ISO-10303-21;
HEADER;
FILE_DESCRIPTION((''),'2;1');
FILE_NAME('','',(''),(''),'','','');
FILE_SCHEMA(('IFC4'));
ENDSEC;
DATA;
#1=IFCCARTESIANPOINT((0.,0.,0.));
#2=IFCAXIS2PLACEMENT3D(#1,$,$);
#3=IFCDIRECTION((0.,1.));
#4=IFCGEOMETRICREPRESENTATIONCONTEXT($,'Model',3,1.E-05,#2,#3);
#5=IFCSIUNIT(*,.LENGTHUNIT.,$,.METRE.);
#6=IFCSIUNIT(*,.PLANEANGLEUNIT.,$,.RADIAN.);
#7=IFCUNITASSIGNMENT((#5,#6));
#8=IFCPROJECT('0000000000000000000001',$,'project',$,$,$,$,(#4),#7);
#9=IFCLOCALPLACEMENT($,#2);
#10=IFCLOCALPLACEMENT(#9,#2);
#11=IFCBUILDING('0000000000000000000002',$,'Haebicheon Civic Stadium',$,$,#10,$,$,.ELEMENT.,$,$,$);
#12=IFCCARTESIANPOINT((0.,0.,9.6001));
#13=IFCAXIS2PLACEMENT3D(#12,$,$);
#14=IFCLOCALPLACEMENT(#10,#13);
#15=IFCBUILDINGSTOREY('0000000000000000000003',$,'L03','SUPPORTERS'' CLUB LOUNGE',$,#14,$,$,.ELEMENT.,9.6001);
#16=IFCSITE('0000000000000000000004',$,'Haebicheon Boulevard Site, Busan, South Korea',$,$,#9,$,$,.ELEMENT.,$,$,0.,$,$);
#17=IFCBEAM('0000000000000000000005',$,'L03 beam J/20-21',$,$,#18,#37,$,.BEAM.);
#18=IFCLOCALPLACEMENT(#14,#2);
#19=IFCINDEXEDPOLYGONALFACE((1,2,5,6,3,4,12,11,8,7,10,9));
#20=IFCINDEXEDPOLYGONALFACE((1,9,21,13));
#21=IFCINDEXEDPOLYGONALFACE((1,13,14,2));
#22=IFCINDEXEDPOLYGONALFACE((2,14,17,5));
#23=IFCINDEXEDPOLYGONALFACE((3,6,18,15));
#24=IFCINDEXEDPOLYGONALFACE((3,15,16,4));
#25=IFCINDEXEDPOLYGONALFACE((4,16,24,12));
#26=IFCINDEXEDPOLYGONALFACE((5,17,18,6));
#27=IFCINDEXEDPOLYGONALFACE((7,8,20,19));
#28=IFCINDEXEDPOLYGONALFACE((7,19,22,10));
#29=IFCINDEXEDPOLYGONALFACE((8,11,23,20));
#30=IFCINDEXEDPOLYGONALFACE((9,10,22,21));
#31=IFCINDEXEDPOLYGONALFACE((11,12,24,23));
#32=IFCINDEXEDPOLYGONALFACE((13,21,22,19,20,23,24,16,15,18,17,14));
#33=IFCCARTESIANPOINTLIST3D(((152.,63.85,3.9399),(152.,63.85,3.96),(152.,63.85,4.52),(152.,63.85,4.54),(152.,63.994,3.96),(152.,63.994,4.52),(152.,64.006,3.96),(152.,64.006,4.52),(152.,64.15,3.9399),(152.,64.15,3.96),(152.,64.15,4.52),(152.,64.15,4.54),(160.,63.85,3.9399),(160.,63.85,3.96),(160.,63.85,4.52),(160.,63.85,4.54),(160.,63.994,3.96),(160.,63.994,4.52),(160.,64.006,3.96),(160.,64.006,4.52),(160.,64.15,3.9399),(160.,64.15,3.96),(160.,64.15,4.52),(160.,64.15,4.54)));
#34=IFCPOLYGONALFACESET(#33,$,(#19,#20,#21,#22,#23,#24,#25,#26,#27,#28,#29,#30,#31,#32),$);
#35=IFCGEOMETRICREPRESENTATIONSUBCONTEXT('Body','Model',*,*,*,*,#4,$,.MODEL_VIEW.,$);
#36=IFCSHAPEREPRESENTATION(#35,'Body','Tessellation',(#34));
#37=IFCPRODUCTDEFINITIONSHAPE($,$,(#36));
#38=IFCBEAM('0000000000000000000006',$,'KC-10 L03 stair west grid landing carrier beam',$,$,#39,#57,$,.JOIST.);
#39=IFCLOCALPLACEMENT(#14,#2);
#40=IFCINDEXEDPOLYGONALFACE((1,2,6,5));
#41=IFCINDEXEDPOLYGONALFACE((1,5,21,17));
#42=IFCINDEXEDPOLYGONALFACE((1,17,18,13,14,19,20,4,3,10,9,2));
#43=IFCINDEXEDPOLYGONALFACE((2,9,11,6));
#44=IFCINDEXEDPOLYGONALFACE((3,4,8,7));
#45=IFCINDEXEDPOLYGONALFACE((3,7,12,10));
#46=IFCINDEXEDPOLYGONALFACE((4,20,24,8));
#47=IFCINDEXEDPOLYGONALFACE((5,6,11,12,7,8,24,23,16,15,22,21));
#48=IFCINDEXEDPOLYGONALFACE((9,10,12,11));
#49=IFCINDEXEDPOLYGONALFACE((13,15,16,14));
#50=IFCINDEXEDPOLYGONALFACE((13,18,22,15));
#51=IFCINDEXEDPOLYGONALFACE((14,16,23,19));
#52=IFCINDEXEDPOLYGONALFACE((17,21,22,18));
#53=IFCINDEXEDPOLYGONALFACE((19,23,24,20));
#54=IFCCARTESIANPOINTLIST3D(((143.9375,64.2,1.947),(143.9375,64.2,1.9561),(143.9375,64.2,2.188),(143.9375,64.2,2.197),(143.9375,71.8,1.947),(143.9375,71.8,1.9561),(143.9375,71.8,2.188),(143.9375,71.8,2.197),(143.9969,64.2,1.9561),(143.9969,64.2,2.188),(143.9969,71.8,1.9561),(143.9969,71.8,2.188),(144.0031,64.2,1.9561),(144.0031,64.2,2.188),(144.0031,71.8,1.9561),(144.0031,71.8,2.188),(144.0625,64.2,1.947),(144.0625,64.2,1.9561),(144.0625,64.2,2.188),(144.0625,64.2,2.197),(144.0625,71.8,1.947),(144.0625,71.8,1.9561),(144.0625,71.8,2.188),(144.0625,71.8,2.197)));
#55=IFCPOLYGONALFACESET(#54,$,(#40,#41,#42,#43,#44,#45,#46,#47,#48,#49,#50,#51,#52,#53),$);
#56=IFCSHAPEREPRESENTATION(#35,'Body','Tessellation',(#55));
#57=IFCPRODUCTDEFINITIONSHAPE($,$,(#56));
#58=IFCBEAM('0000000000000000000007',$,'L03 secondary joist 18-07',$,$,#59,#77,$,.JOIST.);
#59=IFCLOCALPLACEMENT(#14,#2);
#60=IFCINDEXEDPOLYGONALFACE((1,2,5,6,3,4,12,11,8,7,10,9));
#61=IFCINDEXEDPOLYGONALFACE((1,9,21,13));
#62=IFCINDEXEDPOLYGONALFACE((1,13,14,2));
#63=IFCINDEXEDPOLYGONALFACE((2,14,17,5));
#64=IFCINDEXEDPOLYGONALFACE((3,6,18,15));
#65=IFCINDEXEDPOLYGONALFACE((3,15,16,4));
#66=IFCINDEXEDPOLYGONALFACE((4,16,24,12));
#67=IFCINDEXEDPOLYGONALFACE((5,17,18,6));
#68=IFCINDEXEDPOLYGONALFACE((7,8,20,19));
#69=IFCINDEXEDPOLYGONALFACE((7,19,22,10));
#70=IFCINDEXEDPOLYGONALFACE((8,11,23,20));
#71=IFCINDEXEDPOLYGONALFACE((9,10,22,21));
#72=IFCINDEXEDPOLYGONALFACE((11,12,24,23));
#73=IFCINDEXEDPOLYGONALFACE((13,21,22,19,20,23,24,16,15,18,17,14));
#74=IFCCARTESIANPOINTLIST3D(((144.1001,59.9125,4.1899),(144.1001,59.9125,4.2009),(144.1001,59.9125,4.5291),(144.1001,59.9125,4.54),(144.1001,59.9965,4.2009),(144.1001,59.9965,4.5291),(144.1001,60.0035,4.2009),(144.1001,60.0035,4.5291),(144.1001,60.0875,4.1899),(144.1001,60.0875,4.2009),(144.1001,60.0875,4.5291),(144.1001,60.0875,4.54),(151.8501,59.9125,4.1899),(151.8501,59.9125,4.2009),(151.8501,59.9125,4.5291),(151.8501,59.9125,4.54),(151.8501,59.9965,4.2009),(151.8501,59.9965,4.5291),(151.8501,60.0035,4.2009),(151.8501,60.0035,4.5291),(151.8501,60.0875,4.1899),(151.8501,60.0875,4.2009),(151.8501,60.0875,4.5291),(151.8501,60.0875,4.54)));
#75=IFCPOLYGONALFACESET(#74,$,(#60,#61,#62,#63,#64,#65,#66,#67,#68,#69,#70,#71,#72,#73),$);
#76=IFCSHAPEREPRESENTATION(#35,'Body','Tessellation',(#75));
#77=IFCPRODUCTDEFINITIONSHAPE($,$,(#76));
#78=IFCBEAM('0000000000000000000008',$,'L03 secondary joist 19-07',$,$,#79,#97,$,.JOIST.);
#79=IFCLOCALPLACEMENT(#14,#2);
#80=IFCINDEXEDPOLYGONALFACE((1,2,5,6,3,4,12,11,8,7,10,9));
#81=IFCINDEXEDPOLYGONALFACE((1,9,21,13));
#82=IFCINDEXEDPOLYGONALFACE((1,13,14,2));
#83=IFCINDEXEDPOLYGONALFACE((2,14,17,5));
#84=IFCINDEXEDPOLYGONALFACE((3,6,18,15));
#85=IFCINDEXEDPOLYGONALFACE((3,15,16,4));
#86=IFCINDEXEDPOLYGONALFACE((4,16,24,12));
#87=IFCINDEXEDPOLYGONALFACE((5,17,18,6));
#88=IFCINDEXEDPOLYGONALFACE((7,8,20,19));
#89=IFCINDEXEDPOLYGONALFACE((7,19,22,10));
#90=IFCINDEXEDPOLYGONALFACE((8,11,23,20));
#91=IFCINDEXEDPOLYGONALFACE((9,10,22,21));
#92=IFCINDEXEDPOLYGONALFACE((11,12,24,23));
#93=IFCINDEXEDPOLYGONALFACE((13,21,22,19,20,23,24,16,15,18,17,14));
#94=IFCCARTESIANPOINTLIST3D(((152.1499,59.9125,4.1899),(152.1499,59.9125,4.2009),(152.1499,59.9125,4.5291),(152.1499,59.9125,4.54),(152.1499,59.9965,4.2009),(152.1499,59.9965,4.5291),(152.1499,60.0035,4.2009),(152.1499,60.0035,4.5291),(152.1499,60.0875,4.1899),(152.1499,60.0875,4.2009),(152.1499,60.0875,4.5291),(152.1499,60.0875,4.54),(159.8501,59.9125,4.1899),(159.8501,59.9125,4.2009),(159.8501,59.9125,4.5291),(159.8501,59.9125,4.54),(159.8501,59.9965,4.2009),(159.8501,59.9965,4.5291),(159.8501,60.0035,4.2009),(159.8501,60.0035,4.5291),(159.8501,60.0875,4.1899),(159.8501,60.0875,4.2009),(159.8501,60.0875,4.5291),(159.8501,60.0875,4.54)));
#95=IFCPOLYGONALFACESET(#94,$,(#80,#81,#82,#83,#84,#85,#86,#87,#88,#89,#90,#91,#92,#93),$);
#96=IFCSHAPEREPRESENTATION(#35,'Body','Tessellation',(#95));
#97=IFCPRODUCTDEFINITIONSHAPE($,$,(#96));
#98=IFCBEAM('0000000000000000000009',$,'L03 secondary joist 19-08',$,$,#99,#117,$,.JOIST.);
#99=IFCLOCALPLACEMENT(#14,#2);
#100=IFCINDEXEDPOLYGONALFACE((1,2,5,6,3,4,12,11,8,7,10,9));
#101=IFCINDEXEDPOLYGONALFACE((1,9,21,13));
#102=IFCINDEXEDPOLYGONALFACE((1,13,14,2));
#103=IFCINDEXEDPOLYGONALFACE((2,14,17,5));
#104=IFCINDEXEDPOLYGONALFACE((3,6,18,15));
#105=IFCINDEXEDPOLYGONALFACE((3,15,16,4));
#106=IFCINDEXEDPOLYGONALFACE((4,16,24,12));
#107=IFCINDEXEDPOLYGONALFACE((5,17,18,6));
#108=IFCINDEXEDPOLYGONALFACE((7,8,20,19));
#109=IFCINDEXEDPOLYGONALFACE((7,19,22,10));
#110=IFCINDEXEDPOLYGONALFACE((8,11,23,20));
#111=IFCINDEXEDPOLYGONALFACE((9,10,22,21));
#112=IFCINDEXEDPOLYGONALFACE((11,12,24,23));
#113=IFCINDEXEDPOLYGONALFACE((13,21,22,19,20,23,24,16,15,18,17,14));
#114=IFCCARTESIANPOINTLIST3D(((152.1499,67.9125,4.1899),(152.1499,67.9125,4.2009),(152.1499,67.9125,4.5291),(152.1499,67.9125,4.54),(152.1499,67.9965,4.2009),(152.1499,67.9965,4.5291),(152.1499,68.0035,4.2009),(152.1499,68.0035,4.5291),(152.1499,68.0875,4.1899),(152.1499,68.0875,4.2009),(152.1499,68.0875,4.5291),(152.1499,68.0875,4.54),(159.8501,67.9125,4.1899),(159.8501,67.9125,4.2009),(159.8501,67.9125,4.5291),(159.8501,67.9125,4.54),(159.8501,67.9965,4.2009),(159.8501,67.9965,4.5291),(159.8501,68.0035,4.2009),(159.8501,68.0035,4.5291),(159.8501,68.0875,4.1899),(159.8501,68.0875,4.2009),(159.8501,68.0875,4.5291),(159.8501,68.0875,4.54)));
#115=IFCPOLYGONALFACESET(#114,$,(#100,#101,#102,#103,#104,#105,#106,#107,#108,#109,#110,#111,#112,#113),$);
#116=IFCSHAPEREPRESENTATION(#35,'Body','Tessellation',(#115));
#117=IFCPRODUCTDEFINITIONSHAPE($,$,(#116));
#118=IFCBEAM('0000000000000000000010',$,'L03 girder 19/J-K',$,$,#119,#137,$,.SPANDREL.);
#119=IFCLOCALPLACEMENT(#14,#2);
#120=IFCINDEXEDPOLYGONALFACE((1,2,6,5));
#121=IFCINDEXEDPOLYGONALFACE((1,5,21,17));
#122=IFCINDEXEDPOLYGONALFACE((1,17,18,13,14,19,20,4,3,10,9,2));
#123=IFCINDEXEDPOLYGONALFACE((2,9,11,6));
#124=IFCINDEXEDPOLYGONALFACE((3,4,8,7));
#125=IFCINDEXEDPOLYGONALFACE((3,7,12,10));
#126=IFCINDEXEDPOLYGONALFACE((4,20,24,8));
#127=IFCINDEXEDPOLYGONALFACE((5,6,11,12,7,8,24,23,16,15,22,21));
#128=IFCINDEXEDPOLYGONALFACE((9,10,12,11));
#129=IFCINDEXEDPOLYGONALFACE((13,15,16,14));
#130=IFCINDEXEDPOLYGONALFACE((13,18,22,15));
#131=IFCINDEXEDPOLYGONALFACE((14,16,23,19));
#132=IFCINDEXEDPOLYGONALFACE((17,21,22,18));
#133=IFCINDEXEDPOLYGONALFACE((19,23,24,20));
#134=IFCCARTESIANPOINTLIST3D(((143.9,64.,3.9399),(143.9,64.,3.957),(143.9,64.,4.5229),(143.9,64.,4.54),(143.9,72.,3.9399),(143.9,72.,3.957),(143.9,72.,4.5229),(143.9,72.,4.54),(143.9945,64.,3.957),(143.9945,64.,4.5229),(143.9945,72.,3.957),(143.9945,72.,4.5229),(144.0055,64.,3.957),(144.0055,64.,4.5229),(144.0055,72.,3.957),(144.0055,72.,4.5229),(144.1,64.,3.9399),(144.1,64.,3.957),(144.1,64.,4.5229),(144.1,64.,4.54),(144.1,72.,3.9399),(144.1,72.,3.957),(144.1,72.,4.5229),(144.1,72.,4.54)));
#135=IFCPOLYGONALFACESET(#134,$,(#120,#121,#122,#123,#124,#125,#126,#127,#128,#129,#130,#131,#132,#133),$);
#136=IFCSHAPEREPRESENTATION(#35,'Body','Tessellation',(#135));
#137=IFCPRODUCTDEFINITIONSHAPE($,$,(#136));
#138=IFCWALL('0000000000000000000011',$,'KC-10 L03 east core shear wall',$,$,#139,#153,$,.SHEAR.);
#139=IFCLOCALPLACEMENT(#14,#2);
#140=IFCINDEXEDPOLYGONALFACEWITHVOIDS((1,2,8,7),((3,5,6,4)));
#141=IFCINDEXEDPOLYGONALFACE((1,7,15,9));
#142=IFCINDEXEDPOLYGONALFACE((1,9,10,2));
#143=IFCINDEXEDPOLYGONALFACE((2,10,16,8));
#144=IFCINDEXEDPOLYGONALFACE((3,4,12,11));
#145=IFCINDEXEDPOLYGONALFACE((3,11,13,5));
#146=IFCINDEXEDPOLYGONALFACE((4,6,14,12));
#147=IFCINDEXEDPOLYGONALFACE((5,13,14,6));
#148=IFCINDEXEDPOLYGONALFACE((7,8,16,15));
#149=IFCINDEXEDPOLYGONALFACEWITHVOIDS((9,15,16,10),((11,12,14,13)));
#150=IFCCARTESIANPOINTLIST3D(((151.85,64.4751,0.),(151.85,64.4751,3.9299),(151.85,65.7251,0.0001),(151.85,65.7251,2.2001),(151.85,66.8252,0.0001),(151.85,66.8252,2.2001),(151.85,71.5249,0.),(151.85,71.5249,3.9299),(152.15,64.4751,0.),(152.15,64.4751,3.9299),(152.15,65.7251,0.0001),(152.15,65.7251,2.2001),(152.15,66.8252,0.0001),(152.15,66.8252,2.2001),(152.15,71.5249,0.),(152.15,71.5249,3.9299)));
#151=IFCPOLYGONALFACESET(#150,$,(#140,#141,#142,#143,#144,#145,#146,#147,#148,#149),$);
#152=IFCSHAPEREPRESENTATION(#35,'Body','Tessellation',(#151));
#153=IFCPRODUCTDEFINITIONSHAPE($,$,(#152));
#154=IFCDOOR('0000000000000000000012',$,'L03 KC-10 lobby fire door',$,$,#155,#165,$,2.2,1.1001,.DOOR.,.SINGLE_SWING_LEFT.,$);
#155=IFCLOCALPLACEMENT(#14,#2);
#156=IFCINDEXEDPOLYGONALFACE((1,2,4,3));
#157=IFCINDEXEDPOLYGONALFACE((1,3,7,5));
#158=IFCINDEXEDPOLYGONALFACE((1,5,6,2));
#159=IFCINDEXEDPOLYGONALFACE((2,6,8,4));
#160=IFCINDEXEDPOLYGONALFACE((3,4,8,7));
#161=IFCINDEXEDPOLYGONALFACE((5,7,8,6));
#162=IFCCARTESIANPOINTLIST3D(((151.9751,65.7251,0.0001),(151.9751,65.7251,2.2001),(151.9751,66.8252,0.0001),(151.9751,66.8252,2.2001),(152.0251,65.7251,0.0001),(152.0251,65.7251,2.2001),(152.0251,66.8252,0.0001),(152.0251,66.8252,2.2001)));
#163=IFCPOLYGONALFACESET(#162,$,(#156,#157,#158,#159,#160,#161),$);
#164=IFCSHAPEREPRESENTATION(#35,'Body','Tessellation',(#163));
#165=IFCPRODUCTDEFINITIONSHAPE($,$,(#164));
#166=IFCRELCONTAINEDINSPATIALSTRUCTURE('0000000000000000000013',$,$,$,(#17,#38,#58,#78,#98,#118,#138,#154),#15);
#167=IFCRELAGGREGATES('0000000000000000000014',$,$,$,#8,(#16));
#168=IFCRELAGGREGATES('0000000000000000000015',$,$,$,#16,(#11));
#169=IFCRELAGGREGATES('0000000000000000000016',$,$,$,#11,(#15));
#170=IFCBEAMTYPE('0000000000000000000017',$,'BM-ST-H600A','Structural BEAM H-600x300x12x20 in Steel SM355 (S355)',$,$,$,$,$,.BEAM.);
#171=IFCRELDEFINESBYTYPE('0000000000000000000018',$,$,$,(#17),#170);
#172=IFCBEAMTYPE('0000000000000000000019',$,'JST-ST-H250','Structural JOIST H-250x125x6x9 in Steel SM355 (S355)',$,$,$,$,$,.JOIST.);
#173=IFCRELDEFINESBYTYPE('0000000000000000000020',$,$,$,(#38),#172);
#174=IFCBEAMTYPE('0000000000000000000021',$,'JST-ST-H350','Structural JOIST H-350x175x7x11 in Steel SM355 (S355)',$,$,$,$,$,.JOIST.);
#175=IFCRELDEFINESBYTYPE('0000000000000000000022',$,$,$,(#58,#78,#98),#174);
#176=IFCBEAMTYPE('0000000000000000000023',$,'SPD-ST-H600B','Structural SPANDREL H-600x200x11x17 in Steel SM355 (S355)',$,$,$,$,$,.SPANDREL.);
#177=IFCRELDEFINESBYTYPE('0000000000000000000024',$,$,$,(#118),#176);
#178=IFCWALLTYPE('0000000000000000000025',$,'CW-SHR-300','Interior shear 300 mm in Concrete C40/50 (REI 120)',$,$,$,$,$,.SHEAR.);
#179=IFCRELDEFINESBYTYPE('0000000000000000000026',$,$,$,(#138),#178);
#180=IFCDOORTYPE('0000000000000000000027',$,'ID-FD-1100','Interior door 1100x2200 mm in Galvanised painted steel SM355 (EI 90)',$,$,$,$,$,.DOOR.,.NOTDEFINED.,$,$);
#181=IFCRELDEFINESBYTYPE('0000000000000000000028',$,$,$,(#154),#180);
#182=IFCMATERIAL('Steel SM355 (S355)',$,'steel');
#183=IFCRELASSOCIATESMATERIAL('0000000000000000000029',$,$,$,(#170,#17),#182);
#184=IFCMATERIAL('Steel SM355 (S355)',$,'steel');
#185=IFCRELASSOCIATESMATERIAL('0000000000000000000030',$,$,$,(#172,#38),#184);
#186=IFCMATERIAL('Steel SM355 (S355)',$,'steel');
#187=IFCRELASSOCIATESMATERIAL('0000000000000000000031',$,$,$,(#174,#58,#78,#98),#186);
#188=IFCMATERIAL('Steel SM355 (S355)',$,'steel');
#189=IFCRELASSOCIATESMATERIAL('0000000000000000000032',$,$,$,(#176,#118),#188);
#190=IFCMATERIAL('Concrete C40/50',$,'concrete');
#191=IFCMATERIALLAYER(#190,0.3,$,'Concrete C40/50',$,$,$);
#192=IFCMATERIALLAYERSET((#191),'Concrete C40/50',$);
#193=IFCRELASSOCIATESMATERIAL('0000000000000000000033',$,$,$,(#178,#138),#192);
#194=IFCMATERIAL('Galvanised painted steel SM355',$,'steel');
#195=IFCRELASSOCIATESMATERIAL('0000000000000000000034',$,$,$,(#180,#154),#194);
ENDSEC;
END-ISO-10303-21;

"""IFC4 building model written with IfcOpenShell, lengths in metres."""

from ifc_helpers import new_model, si_unit, direction, frame, frame_2d, origin, origin_2d, place, context, subcontext, project, spatial, rectangle, i_section, extrude, material, layer, layer_set, material_profile, profile_set, type_object, element, fill, save


model = new_model("IFC4")

# Units and contexts
model_context = context("Model", 3, precision=1e-05, world=origin(), true_north=direction((0.0, 1.0)))
body_context = subcontext(model_context, "Body", "Model", "MODEL_VIEW")
ifc_project = project(units=[si_unit("LENGTHUNIT", "METRE"), si_unit("PLANEANGLEUNIT", "RADIAN")], contexts=[model_context])

# Site, building, storey
site_placement = place(None, origin())
site = spatial("IfcSite", under=ifc_project, at=site_placement, Name="Haebicheon Boulevard Site, Busan, South Korea", CompositionType="ELEMENT", RefElevation=0.0)
building_placement = place(site_placement, origin())
building = spatial("IfcBuilding", under=site, at=building_placement, Name="Haebicheon Civic Stadium", CompositionType="ELEMENT")
storey_placement = place(building_placement, frame((0.0, 0.0, 9.6001)))
storey = spatial("IfcBuildingStorey", under=building, at=storey_placement, Name="L03", Description="SUPPORTERS' CLUB LOUNGE", CompositionType="ELEMENT", Elevation=9.6001)

# Beams
ifc_material_1 = material(Name="Steel SM355 (S355)", Category="steel")
ifc_material_profile_1 = material_profile(ifc_material_1, i_section(OverallWidth=0.3, OverallDepth=0.6001, WebThickness=0.012, FlangeThickness=0.02, at=origin_2d()), Name="H-600x300x12x20")
ifc_profile_set_1 = profile_set([ifc_material_profile_1], Name="Steel SM355 (S355)")
beam_type_1 = type_object("IfcBeamType", Name="BM-ST-H600A", Description="Structural BEAM H-600x300x12x20 in Steel SM355 (S355)", PredefinedType="BEAM", material=ifc_profile_set_1)
for number, where, z_axis, x_axis, name in (
    (1, (152.0, 64.0, 4.24), (1.0, 0.0, 0.0), (0.0, 1.0, 0.0), "L03 beam J/20-21"),
):
    element("IfcBeam", number, at=place(storey_placement, frame(where, z_axis=z_axis, x_axis=x_axis)), inside=storey, type_object=beam_type_1, material=ifc_profile_set_1, Name=name, PredefinedType="BEAM", context=body_context, shape_type="SweptSolid", body=[
        extrude(i_section(OverallWidth=0.3, OverallDepth=0.6001, WebThickness=0.012, FlangeThickness=0.02, at=origin_2d()), origin(), (0.0, 0.0, 1.0), 8.0),
    ])
ifc_material_2 = material(Name="Steel SM355 (S355)", Category="steel")
ifc_material_profile_2 = material_profile(ifc_material_2, i_section(OverallWidth=0.125, OverallDepth=0.25, WebThickness=0.0061, FlangeThickness=0.009, at=origin_2d()), Name="H-250x125x6x9")
ifc_profile_set_2 = profile_set([ifc_material_profile_2], Name="Steel SM355 (S355)")
beam_type_2 = type_object("IfcBeamType", Name="JST-ST-H250", Description="Structural JOIST H-250x125x6x9 in Steel SM355 (S355)", PredefinedType="JOIST", material=ifc_profile_set_2)
beam_1_placement = place(storey_placement, frame((144.0, 64.2, 2.072), z_axis=(0.0, 1.0, 0.0), x_axis=(-1.0, 0.0, 0.0)))
element("IfcBeam", 2, at=beam_1_placement, inside=storey, type_object=beam_type_2, material=ifc_profile_set_2, Name="KC-10 L03 stair west grid landing carrier beam", PredefinedType="JOIST", context=body_context, shape_type="SweptSolid", body=[
    extrude(i_section(OverallWidth=0.125, OverallDepth=0.25, WebThickness=0.0061, FlangeThickness=0.009, at=origin_2d()), origin(), (0.0, 0.0, 1.0), 7.6001),
])
ifc_material_3 = material(Name="Steel SM355 (S355)", Category="steel")
ifc_material_profile_3 = material_profile(ifc_material_3, i_section(OverallWidth=0.175, OverallDepth=0.3501, WebThickness=0.0071, FlangeThickness=0.011, at=origin_2d()), Name="H-350x175x7x11")
ifc_profile_set_3 = profile_set([ifc_material_profile_3], Name="Steel SM355 (S355)")
beam_type_3 = type_object("IfcBeamType", Name="JST-ST-H350", Description="Structural JOIST H-350x175x7x11 in Steel SM355 (S355)", PredefinedType="JOIST", material=ifc_profile_set_3)
beam_2_placement = place(storey_placement, frame((144.1001, 60.0, 4.365), z_axis=(1.0, 0.0, 0.0), x_axis=(0.0, 1.0, 0.0)))
element("IfcBeam", 3, at=beam_2_placement, inside=storey, type_object=beam_type_3, material=ifc_profile_set_3, Name="L03 secondary joist 18-07", PredefinedType="JOIST", context=body_context, shape_type="SweptSolid", body=[
    extrude(i_section(OverallWidth=0.175, OverallDepth=0.3501, WebThickness=0.0071, FlangeThickness=0.011, at=origin_2d()), origin(), (0.0, 0.0, 1.0), 7.75),
])
for number, where, z_axis, x_axis, name in (
    (4, (152.1499, 60.0, 4.365), (1.0, 0.0, 0.0), (0.0, 1.0, 0.0), "L03 secondary joist 19-07"),
    (5, (152.1499, 68.0, 4.365), (1.0, 0.0, 0.0), (0.0, 1.0, 0.0), "L03 secondary joist 19-08"),
):
    element("IfcBeam", number, at=place(storey_placement, frame(where, z_axis=z_axis, x_axis=x_axis)), inside=storey, type_object=beam_type_3, material=ifc_profile_set_3, Name=name, PredefinedType="JOIST", context=body_context, shape_type="SweptSolid", body=[
        extrude(i_section(OverallWidth=0.175, OverallDepth=0.3501, WebThickness=0.0071, FlangeThickness=0.011, at=origin_2d()), origin(), (0.0, 0.0, 1.0), 7.7002),
    ])
ifc_material_4 = material(Name="Steel SM355 (S355)", Category="steel")
ifc_material_profile_4 = material_profile(ifc_material_4, i_section(OverallWidth=0.2, OverallDepth=0.6001, WebThickness=0.011, FlangeThickness=0.0171, at=origin_2d()), Name="H-600x200x11x17")
ifc_profile_set_4 = profile_set([ifc_material_profile_4], Name="Steel SM355 (S355)")
beam_type_4 = type_object("IfcBeamType", Name="SPD-ST-H600B", Description="Structural SPANDREL H-600x200x11x17 in Steel SM355 (S355)", PredefinedType="SPANDREL", material=ifc_profile_set_4)
beam_3_placement = place(storey_placement, frame((144.0, 64.0, 4.24), z_axis=(0.0, 1.0, 0.0), x_axis=(-1.0, 0.0, 0.0)))
element("IfcBeam", 6, at=beam_3_placement, inside=storey, type_object=beam_type_4, material=ifc_profile_set_4, Name="L03 girder 19/J-K", PredefinedType="SPANDREL", context=body_context, shape_type="SweptSolid", body=[
    extrude(i_section(OverallWidth=0.2, OverallDepth=0.6001, WebThickness=0.011, FlangeThickness=0.0171, at=origin_2d()), origin(), (0.0, 0.0, 1.0), 8.0),
])

# Wall, opening, door
ifc_material_5 = material(Name="Concrete C40/50", Category="concrete")
ifc_layer = layer(ifc_material_5, 0.3, Name="Concrete C40/50")
ifc_layer_set = layer_set([ifc_layer], Name="Concrete C40/50")
wall_type = type_object("IfcWallType", Name="CW-SHR-300", Description="Interior shear 300 mm in Concrete C40/50 (REI 120)", PredefinedType="SHEAR", material=ifc_layer_set)
wall_1_placement = place(storey_placement, frame((152.0, 64.4751, 0.0), z_axis=(0.0, 0.0, 1.0), x_axis=(0.0, 1.0, 0.0)))
wall_1 = element("IfcWall", 7, at=wall_1_placement, inside=storey, type_object=wall_type, material=ifc_layer_set, Name="KC-10 L03 east core shear wall", PredefinedType="SHEAR", context=body_context, shape_type="SweptSolid", body=[
    extrude(rectangle(XDim=7.0498, YDim=0.3, at=frame_2d((3.5249, 0.0))), origin(), (0.0, 0.0, 1.0), 3.9299),
])
opening_1_placement = place(wall_1_placement, frame((1.25, 0.0, 0.0)))
opening_1 = element("IfcOpeningElement", 8, at=opening_1_placement, cuts=wall_1, PredefinedType="OPENING", context=body_context, shape_type="SweptSolid", body=[
    extrude(rectangle(XDim=1.1001, YDim=2.2, at=frame_2d((0.55, 1.1001))), frame((0.0, 0.1599, 0.0), z_axis=(0.0, -1.0, 0.0), x_axis=(1.0, 0.0, 0.0)), (0.0, 0.0, 1.0), 0.3201),
])
ifc_material_6 = material(Name="Galvanised painted steel SM355", Category="steel")
door_type_1 = type_object("IfcDoorType", Name="ID-FD-1100", Description="Interior door 1100x2200 mm in Galvanised painted steel SM355 (EI 90)", OperationType="NOTDEFINED", PredefinedType="DOOR", material=ifc_material_6)
door_1_placement = place(opening_1_placement, origin())
door_1 = element("IfcDoor", 9, at=door_1_placement, inside=storey, type_object=door_type_1, material=ifc_material_6, Name="L03 KC-10 lobby fire door", OperationType="SINGLE_SWING_LEFT", OverallHeight=2.2, OverallWidth=1.1001, PredefinedType="DOOR", context=body_context, shape_type="SweptSolid", body=[
    extrude(rectangle(XDim=1.1001, YDim=2.2, at=frame_2d((0.55, 1.1001))), frame((0.0, 0.0249, 0.0), z_axis=(0.0, -1.0, 0.0), x_axis=(1.0, 0.0, 0.0)), (0.0, 0.0, 1.0), 0.05),
])
fill(opening_1, door_1)

save(model, "model.ifc")
